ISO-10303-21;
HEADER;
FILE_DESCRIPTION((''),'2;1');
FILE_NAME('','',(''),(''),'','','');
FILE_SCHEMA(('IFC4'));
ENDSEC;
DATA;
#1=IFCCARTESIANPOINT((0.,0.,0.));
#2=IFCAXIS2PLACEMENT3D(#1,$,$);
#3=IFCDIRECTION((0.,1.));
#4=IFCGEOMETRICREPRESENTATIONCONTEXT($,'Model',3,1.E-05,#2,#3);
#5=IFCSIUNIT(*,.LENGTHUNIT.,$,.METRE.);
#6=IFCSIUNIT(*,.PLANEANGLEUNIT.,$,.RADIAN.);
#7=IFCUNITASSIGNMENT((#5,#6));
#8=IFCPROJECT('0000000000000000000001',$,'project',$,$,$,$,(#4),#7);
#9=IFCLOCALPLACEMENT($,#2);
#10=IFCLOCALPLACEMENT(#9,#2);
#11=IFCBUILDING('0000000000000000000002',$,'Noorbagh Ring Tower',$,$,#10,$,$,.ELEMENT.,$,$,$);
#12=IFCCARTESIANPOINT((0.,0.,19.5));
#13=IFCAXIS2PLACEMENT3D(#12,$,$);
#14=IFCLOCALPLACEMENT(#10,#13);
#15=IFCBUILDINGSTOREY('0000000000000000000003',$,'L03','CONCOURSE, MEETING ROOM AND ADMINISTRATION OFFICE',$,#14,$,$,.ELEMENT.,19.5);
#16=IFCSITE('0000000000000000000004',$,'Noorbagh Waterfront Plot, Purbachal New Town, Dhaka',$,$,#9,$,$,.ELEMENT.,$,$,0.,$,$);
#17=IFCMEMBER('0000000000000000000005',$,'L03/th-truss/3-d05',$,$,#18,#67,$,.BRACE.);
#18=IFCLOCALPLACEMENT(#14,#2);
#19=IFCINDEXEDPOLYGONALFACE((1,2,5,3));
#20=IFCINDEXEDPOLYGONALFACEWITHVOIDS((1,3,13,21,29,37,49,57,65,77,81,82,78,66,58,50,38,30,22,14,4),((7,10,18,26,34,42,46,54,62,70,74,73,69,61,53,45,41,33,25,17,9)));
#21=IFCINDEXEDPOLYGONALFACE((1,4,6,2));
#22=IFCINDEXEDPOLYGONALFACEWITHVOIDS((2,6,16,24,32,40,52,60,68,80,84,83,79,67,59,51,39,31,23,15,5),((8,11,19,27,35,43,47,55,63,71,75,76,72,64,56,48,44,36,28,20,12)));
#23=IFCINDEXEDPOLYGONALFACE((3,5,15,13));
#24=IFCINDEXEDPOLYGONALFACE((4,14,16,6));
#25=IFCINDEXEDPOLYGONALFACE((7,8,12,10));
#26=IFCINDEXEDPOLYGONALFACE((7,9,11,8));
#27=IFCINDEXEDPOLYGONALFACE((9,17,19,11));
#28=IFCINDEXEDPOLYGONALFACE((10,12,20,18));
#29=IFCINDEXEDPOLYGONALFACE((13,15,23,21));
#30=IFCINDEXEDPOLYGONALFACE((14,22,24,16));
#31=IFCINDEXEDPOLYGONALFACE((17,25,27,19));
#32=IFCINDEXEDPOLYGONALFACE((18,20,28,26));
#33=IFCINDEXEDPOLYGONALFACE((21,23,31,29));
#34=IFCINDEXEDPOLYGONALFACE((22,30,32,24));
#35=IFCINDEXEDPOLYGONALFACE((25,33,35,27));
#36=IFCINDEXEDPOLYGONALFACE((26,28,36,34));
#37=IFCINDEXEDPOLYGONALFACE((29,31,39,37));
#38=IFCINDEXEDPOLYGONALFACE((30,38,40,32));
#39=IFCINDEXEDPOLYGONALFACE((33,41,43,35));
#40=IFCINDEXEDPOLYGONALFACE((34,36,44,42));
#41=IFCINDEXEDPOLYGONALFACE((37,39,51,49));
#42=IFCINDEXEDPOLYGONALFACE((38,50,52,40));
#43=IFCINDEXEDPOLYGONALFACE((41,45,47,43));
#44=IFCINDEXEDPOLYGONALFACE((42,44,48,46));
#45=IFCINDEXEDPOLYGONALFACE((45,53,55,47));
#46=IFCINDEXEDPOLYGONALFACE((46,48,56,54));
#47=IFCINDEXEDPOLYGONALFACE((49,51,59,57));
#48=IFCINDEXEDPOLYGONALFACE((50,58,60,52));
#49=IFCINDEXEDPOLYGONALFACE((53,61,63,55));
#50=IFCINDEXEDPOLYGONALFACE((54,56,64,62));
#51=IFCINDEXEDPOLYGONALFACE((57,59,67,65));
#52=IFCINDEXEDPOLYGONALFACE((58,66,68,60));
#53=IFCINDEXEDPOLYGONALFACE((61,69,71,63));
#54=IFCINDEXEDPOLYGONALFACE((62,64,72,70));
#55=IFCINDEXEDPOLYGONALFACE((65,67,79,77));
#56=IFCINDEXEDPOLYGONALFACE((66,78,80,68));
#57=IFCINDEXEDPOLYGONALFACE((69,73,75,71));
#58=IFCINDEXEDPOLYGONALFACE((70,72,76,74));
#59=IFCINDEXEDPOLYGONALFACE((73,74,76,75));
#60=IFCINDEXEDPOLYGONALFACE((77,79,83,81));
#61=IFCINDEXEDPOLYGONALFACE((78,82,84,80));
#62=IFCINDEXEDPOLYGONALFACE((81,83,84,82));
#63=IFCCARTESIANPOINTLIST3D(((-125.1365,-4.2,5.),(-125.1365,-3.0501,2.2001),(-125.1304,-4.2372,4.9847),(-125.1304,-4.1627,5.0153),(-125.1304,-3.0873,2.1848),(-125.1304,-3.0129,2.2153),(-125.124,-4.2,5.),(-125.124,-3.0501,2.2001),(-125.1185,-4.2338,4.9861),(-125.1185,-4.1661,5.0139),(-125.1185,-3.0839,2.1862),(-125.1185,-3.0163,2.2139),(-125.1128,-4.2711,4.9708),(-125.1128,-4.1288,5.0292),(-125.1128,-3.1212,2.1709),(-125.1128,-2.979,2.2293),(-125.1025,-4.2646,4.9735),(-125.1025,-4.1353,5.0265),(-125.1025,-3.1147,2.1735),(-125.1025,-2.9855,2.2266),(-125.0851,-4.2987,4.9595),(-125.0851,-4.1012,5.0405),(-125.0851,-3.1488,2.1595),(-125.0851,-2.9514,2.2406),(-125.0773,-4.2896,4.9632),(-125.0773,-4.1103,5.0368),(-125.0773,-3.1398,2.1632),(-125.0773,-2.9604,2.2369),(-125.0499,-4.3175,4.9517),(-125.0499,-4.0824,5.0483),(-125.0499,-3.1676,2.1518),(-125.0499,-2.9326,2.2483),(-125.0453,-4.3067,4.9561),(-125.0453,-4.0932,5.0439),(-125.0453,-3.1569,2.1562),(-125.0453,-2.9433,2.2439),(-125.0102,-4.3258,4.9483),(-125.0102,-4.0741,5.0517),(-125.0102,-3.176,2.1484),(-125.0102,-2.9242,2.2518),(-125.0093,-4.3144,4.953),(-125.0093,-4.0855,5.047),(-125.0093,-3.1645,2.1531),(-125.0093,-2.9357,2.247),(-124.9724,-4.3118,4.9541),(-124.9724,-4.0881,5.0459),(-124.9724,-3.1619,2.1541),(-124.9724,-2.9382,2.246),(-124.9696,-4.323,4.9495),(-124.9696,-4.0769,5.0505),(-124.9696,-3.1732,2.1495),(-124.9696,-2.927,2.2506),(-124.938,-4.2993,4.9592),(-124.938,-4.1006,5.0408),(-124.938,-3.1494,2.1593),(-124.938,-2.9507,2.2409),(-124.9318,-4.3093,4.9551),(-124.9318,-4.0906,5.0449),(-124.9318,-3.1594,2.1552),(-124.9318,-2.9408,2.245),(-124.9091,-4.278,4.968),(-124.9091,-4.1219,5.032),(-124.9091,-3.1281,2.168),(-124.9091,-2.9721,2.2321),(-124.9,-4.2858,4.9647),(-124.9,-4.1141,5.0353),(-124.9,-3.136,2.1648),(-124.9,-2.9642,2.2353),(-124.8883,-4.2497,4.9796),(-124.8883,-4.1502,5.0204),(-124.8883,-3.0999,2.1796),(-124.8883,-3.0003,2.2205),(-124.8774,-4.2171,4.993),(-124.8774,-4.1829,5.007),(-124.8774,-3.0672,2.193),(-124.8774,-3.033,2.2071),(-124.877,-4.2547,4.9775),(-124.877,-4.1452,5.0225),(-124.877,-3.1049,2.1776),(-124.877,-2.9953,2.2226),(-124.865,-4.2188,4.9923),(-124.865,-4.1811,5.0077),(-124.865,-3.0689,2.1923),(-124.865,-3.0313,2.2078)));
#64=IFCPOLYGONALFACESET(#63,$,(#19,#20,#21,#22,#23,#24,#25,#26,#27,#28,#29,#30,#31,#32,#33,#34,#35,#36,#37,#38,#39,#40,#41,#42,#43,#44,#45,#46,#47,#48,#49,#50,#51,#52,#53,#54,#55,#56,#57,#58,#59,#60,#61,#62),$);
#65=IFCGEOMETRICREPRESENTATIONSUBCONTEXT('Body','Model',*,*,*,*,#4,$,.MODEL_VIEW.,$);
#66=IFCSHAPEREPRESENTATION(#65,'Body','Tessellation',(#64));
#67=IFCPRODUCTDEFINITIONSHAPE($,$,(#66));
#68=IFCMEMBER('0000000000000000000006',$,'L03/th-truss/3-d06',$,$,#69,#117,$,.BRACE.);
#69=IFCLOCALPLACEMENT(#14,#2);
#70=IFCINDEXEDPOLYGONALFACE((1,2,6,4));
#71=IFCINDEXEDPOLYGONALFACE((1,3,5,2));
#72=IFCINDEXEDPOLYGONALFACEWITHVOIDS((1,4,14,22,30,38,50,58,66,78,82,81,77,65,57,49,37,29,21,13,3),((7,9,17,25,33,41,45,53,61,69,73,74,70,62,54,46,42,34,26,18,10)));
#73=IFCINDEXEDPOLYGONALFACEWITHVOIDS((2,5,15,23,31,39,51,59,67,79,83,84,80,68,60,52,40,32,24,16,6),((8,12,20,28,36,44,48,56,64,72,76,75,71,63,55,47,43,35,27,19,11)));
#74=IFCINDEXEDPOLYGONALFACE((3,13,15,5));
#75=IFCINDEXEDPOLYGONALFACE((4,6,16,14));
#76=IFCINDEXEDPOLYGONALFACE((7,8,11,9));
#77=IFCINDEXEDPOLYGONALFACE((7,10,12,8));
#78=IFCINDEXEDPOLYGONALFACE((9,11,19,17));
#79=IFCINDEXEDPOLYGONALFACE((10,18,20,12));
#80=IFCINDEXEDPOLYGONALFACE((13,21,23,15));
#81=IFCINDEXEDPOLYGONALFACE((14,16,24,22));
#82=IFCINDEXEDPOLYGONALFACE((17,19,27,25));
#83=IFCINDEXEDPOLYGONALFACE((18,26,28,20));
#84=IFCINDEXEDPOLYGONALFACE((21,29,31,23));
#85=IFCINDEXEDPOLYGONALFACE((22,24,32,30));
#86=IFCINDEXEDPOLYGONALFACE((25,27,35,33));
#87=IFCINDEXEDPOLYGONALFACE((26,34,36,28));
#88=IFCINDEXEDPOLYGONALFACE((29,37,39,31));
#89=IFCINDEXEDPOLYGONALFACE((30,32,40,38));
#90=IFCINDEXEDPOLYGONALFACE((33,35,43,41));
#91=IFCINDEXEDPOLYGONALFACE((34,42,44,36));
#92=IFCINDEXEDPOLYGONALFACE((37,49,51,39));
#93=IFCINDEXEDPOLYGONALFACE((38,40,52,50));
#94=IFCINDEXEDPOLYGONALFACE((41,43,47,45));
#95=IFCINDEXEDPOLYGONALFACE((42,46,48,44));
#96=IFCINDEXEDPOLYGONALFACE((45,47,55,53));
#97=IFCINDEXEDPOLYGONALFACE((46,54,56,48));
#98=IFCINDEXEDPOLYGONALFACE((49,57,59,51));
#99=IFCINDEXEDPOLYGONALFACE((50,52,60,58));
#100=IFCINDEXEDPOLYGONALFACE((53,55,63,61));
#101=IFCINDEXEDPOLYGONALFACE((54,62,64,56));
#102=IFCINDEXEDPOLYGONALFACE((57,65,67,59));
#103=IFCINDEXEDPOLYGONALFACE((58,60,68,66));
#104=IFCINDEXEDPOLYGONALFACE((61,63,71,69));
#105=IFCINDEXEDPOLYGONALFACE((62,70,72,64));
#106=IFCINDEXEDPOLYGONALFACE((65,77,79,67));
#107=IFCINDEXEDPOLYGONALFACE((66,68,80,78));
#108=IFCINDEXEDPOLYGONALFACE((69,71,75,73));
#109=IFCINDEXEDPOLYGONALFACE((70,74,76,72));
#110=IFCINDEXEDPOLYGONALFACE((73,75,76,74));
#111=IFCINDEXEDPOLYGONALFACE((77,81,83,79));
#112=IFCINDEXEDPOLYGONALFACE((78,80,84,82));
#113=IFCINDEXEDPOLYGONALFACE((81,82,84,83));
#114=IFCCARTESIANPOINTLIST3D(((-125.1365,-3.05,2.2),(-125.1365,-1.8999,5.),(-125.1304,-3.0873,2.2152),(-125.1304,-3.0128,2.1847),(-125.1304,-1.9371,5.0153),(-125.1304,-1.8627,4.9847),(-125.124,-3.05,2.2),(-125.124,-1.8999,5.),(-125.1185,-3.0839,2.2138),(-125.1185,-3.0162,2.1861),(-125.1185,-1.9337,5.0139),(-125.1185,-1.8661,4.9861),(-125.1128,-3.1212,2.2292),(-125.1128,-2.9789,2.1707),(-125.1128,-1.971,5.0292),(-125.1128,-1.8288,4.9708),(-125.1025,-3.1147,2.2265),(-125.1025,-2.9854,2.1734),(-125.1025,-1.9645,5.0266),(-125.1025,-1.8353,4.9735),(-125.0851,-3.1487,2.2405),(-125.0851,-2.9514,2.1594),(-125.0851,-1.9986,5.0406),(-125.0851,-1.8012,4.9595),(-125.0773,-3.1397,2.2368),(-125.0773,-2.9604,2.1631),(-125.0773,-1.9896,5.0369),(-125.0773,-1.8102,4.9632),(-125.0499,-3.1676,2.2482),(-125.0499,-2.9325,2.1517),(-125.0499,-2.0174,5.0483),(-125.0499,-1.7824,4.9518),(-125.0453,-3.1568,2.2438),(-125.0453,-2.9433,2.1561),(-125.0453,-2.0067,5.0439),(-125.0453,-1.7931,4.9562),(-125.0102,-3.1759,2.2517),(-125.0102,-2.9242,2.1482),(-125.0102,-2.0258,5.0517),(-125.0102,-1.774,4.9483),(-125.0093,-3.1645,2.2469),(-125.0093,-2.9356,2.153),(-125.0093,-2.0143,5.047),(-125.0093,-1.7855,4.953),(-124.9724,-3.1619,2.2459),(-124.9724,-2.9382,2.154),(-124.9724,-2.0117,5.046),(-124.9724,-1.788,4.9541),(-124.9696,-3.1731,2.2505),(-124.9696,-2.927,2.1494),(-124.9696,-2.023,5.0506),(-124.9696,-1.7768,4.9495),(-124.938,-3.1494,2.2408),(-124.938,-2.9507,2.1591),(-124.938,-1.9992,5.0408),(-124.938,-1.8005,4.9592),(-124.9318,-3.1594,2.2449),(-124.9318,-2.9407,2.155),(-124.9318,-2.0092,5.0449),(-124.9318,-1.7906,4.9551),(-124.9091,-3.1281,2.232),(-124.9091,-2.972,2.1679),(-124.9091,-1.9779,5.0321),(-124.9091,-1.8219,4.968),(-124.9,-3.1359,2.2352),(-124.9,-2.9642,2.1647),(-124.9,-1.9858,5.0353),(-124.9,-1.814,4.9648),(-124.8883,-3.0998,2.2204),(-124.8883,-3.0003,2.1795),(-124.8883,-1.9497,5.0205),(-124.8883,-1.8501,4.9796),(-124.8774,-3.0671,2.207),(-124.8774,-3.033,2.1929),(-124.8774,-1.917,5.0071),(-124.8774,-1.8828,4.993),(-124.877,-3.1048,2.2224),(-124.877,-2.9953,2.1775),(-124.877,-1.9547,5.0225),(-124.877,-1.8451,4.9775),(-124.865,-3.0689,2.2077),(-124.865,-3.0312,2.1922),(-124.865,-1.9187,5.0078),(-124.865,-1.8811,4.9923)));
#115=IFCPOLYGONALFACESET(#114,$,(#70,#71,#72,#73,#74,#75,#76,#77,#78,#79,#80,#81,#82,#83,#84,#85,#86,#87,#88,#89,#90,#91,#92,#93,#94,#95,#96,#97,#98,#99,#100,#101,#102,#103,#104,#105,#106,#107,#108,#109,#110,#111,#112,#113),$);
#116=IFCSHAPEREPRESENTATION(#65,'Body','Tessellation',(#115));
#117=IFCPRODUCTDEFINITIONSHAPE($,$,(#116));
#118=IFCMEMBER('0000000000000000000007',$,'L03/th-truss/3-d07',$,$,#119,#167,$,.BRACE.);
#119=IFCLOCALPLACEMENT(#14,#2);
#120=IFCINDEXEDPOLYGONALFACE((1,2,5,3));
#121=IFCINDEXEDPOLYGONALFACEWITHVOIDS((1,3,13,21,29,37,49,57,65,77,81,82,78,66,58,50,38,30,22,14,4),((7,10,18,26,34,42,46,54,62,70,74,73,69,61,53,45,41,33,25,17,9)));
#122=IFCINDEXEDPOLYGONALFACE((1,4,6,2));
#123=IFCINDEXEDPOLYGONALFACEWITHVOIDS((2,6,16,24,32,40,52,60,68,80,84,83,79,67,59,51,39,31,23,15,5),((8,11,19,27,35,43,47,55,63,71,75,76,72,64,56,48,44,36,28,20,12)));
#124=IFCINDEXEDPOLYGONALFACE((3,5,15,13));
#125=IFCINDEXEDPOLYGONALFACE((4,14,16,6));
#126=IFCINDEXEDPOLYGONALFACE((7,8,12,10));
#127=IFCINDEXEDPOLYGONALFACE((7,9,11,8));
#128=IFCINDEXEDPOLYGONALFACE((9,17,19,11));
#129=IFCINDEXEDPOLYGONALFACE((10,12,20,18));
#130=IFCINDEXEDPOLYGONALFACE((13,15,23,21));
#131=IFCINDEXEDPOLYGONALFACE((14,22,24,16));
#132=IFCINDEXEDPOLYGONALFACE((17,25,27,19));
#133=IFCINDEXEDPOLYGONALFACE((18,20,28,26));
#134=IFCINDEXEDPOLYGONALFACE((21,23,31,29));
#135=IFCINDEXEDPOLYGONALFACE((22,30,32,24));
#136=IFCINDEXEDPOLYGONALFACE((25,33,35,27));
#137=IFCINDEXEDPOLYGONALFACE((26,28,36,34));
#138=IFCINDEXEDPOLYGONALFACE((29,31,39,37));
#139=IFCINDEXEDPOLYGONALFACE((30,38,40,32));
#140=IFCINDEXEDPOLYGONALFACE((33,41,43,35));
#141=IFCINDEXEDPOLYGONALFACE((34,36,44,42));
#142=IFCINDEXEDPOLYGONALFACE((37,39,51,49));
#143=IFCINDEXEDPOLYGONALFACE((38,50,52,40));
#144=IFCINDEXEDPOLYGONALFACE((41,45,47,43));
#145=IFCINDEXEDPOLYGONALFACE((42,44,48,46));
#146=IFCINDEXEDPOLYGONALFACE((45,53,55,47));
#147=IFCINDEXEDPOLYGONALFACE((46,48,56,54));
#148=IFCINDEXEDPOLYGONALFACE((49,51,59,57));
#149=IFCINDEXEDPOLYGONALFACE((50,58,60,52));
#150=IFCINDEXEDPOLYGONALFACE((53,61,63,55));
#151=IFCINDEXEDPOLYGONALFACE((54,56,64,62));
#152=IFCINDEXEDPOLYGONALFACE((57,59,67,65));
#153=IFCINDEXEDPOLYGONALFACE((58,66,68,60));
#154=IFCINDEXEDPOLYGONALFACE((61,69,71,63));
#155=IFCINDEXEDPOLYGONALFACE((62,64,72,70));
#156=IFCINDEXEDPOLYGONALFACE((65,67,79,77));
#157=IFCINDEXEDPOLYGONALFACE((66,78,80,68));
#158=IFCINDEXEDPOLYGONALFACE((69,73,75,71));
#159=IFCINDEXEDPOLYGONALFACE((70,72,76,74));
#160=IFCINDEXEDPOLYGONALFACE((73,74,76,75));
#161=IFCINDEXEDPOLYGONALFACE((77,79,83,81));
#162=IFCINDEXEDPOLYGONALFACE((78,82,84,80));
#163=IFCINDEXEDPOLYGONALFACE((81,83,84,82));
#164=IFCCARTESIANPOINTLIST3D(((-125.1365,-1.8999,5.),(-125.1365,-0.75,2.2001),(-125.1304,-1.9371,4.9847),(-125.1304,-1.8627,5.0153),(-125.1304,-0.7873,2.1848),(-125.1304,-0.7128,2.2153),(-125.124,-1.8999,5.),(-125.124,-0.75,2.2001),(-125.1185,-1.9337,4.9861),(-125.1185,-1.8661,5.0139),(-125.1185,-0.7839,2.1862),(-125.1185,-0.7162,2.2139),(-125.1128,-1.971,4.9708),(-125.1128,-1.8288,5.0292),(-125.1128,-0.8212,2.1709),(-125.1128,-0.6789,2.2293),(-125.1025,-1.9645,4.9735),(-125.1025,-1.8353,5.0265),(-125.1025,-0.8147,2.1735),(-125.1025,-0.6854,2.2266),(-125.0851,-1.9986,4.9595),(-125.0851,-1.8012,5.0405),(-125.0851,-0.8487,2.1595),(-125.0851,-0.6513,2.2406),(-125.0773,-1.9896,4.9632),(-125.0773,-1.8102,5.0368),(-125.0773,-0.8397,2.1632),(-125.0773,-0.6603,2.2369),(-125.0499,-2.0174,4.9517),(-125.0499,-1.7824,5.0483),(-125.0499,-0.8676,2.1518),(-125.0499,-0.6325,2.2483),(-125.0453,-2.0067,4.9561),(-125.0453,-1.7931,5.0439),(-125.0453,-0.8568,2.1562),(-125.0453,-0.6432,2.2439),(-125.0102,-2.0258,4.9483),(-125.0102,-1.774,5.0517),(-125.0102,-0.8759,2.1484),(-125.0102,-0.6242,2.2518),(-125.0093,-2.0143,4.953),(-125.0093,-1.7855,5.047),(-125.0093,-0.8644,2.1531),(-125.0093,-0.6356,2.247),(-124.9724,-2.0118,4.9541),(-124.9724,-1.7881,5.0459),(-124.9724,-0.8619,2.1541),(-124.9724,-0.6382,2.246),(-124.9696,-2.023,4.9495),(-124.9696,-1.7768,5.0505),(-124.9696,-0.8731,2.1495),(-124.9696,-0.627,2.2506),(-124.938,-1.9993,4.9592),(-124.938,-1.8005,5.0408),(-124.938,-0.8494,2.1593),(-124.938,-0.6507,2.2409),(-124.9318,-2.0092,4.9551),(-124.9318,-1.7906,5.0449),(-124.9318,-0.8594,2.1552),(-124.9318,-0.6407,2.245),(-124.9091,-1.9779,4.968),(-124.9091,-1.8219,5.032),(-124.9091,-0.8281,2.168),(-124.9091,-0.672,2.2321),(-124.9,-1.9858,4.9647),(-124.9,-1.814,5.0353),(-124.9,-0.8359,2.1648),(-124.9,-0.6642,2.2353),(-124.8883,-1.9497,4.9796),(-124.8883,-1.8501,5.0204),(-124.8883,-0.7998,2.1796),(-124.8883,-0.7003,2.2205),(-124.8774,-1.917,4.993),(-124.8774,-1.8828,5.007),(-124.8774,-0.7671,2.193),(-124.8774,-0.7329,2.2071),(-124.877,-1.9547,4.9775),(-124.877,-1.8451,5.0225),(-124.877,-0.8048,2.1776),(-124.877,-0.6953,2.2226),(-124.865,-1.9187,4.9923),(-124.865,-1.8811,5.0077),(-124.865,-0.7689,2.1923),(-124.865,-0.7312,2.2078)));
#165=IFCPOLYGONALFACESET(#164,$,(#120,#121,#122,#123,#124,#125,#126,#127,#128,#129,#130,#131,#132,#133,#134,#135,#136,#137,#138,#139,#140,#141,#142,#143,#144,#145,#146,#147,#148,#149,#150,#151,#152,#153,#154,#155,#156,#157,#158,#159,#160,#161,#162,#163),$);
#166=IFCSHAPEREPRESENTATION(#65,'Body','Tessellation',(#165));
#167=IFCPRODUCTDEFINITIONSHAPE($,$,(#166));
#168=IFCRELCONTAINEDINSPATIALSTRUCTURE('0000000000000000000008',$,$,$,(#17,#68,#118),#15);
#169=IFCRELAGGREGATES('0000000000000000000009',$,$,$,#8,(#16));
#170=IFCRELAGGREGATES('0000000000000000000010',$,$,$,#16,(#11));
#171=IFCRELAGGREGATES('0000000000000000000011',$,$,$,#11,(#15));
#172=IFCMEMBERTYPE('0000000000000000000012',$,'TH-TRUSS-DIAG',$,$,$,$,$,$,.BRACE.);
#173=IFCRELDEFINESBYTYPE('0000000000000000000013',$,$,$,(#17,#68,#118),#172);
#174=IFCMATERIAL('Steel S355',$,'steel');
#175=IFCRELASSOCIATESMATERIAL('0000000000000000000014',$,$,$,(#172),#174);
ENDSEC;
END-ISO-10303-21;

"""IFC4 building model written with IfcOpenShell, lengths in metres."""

from ifc_helpers import new_model, si_unit, direction, frame, origin, origin_2d, place, context, subcontext, project, spatial, hollow_circle, extrude, material, material_profile, profile_set, type_object, element, save


model = new_model("IFC4")

# Units and contexts
model_context = context("Model", 3, precision=1e-05, world=origin(), true_north=direction((0.0, 1.0)))
body_context = subcontext(model_context, "Body", "Model", "MODEL_VIEW")
ifc_project = project(units=[si_unit("LENGTHUNIT", "METRE"), si_unit("PLANEANGLEUNIT", "RADIAN")], contexts=[model_context])

# Site, building, storey
site_placement = place(None, origin())
site = spatial("IfcSite", under=ifc_project, at=site_placement, Name="Noorbagh Waterfront Plot, Purbachal New Town, Dhaka", CompositionType="ELEMENT", RefElevation=0.0)
building_placement = place(site_placement, origin())
building = spatial("IfcBuilding", under=site, at=building_placement, Name="Noorbagh Ring Tower", CompositionType="ELEMENT")
storey_placement = place(building_placement, frame((0.0, 0.0, 19.5)))
storey = spatial("IfcBuildingStorey", under=building, at=storey_placement, Name="L03", Description="CONCOURSE, MEETING ROOM AND ADMINISTRATION OFFICE", CompositionType="ELEMENT", Elevation=19.5)

# Members
ifc_material_1 = material(Name="Steel S355", Category="steel")
ifc_material_profile_1 = material_profile(ifc_material_1, hollow_circle(Radius=0.1365, WallThickness=0.0125, at=origin_2d()), Name="CHS273x12.5")
ifc_profile_set_1 = profile_set([ifc_material_profile_1], Name="Steel S355")
member_type = type_object("IfcMemberType", Name="TH-TRUSS-DIAG", PredefinedType="BRACE", material=ifc_profile_set_1)
member_1_placement = place(storey_placement, frame((-125.0, -4.2, 5.0), z_axis=(0.0, 0.379886, -0.925033), x_axis=(-1.0, 0.0, 0.0)))
element("IfcMember", 1, at=member_1_placement, inside=storey, type_object=member_type, Name="L03/th-truss/3-d05", PredefinedType="BRACE", context=body_context, shape_type="SweptSolid", body=[
    extrude(hollow_circle(Radius=0.1365, WallThickness=0.0125, at=origin_2d()), origin(), (0.0, 0.0, 1.0), 3.0269),
])
member_2_placement = place(storey_placement, frame((-125.0, -3.05, 2.2), z_axis=(0.0, 0.379955, 0.925005), x_axis=(-1.0, 0.0, 0.0)))
element("IfcMember", 2, at=member_2_placement, inside=storey, type_object=member_type, Name="L03/th-truss/3-d06", PredefinedType="BRACE", context=body_context, shape_type="SweptSolid", body=[
    extrude(hollow_circle(Radius=0.1365, WallThickness=0.0125, at=origin_2d()), origin(), (0.0, 0.0, 1.0), 3.0271),
])
for number, where, z_axis, x_axis, name in (
    (3, (-125.0, -1.8999, 5.0), (0.0, 0.379886, -0.925033), (-1.0, 0.0, 0.0), "L03/th-truss/3-d07"),
):
    element("IfcMember", number, at=place(storey_placement, frame(where, z_axis=z_axis, x_axis=x_axis)), inside=storey, type_object=member_type, Name=name, PredefinedType="BRACE", context=body_context, shape_type="SweptSolid", body=[
        extrude(hollow_circle(Radius=0.1365, WallThickness=0.0125, at=origin_2d()), origin(), (0.0, 0.0, 1.0), 3.0269),
    ])

save(model, "model.ifc")
